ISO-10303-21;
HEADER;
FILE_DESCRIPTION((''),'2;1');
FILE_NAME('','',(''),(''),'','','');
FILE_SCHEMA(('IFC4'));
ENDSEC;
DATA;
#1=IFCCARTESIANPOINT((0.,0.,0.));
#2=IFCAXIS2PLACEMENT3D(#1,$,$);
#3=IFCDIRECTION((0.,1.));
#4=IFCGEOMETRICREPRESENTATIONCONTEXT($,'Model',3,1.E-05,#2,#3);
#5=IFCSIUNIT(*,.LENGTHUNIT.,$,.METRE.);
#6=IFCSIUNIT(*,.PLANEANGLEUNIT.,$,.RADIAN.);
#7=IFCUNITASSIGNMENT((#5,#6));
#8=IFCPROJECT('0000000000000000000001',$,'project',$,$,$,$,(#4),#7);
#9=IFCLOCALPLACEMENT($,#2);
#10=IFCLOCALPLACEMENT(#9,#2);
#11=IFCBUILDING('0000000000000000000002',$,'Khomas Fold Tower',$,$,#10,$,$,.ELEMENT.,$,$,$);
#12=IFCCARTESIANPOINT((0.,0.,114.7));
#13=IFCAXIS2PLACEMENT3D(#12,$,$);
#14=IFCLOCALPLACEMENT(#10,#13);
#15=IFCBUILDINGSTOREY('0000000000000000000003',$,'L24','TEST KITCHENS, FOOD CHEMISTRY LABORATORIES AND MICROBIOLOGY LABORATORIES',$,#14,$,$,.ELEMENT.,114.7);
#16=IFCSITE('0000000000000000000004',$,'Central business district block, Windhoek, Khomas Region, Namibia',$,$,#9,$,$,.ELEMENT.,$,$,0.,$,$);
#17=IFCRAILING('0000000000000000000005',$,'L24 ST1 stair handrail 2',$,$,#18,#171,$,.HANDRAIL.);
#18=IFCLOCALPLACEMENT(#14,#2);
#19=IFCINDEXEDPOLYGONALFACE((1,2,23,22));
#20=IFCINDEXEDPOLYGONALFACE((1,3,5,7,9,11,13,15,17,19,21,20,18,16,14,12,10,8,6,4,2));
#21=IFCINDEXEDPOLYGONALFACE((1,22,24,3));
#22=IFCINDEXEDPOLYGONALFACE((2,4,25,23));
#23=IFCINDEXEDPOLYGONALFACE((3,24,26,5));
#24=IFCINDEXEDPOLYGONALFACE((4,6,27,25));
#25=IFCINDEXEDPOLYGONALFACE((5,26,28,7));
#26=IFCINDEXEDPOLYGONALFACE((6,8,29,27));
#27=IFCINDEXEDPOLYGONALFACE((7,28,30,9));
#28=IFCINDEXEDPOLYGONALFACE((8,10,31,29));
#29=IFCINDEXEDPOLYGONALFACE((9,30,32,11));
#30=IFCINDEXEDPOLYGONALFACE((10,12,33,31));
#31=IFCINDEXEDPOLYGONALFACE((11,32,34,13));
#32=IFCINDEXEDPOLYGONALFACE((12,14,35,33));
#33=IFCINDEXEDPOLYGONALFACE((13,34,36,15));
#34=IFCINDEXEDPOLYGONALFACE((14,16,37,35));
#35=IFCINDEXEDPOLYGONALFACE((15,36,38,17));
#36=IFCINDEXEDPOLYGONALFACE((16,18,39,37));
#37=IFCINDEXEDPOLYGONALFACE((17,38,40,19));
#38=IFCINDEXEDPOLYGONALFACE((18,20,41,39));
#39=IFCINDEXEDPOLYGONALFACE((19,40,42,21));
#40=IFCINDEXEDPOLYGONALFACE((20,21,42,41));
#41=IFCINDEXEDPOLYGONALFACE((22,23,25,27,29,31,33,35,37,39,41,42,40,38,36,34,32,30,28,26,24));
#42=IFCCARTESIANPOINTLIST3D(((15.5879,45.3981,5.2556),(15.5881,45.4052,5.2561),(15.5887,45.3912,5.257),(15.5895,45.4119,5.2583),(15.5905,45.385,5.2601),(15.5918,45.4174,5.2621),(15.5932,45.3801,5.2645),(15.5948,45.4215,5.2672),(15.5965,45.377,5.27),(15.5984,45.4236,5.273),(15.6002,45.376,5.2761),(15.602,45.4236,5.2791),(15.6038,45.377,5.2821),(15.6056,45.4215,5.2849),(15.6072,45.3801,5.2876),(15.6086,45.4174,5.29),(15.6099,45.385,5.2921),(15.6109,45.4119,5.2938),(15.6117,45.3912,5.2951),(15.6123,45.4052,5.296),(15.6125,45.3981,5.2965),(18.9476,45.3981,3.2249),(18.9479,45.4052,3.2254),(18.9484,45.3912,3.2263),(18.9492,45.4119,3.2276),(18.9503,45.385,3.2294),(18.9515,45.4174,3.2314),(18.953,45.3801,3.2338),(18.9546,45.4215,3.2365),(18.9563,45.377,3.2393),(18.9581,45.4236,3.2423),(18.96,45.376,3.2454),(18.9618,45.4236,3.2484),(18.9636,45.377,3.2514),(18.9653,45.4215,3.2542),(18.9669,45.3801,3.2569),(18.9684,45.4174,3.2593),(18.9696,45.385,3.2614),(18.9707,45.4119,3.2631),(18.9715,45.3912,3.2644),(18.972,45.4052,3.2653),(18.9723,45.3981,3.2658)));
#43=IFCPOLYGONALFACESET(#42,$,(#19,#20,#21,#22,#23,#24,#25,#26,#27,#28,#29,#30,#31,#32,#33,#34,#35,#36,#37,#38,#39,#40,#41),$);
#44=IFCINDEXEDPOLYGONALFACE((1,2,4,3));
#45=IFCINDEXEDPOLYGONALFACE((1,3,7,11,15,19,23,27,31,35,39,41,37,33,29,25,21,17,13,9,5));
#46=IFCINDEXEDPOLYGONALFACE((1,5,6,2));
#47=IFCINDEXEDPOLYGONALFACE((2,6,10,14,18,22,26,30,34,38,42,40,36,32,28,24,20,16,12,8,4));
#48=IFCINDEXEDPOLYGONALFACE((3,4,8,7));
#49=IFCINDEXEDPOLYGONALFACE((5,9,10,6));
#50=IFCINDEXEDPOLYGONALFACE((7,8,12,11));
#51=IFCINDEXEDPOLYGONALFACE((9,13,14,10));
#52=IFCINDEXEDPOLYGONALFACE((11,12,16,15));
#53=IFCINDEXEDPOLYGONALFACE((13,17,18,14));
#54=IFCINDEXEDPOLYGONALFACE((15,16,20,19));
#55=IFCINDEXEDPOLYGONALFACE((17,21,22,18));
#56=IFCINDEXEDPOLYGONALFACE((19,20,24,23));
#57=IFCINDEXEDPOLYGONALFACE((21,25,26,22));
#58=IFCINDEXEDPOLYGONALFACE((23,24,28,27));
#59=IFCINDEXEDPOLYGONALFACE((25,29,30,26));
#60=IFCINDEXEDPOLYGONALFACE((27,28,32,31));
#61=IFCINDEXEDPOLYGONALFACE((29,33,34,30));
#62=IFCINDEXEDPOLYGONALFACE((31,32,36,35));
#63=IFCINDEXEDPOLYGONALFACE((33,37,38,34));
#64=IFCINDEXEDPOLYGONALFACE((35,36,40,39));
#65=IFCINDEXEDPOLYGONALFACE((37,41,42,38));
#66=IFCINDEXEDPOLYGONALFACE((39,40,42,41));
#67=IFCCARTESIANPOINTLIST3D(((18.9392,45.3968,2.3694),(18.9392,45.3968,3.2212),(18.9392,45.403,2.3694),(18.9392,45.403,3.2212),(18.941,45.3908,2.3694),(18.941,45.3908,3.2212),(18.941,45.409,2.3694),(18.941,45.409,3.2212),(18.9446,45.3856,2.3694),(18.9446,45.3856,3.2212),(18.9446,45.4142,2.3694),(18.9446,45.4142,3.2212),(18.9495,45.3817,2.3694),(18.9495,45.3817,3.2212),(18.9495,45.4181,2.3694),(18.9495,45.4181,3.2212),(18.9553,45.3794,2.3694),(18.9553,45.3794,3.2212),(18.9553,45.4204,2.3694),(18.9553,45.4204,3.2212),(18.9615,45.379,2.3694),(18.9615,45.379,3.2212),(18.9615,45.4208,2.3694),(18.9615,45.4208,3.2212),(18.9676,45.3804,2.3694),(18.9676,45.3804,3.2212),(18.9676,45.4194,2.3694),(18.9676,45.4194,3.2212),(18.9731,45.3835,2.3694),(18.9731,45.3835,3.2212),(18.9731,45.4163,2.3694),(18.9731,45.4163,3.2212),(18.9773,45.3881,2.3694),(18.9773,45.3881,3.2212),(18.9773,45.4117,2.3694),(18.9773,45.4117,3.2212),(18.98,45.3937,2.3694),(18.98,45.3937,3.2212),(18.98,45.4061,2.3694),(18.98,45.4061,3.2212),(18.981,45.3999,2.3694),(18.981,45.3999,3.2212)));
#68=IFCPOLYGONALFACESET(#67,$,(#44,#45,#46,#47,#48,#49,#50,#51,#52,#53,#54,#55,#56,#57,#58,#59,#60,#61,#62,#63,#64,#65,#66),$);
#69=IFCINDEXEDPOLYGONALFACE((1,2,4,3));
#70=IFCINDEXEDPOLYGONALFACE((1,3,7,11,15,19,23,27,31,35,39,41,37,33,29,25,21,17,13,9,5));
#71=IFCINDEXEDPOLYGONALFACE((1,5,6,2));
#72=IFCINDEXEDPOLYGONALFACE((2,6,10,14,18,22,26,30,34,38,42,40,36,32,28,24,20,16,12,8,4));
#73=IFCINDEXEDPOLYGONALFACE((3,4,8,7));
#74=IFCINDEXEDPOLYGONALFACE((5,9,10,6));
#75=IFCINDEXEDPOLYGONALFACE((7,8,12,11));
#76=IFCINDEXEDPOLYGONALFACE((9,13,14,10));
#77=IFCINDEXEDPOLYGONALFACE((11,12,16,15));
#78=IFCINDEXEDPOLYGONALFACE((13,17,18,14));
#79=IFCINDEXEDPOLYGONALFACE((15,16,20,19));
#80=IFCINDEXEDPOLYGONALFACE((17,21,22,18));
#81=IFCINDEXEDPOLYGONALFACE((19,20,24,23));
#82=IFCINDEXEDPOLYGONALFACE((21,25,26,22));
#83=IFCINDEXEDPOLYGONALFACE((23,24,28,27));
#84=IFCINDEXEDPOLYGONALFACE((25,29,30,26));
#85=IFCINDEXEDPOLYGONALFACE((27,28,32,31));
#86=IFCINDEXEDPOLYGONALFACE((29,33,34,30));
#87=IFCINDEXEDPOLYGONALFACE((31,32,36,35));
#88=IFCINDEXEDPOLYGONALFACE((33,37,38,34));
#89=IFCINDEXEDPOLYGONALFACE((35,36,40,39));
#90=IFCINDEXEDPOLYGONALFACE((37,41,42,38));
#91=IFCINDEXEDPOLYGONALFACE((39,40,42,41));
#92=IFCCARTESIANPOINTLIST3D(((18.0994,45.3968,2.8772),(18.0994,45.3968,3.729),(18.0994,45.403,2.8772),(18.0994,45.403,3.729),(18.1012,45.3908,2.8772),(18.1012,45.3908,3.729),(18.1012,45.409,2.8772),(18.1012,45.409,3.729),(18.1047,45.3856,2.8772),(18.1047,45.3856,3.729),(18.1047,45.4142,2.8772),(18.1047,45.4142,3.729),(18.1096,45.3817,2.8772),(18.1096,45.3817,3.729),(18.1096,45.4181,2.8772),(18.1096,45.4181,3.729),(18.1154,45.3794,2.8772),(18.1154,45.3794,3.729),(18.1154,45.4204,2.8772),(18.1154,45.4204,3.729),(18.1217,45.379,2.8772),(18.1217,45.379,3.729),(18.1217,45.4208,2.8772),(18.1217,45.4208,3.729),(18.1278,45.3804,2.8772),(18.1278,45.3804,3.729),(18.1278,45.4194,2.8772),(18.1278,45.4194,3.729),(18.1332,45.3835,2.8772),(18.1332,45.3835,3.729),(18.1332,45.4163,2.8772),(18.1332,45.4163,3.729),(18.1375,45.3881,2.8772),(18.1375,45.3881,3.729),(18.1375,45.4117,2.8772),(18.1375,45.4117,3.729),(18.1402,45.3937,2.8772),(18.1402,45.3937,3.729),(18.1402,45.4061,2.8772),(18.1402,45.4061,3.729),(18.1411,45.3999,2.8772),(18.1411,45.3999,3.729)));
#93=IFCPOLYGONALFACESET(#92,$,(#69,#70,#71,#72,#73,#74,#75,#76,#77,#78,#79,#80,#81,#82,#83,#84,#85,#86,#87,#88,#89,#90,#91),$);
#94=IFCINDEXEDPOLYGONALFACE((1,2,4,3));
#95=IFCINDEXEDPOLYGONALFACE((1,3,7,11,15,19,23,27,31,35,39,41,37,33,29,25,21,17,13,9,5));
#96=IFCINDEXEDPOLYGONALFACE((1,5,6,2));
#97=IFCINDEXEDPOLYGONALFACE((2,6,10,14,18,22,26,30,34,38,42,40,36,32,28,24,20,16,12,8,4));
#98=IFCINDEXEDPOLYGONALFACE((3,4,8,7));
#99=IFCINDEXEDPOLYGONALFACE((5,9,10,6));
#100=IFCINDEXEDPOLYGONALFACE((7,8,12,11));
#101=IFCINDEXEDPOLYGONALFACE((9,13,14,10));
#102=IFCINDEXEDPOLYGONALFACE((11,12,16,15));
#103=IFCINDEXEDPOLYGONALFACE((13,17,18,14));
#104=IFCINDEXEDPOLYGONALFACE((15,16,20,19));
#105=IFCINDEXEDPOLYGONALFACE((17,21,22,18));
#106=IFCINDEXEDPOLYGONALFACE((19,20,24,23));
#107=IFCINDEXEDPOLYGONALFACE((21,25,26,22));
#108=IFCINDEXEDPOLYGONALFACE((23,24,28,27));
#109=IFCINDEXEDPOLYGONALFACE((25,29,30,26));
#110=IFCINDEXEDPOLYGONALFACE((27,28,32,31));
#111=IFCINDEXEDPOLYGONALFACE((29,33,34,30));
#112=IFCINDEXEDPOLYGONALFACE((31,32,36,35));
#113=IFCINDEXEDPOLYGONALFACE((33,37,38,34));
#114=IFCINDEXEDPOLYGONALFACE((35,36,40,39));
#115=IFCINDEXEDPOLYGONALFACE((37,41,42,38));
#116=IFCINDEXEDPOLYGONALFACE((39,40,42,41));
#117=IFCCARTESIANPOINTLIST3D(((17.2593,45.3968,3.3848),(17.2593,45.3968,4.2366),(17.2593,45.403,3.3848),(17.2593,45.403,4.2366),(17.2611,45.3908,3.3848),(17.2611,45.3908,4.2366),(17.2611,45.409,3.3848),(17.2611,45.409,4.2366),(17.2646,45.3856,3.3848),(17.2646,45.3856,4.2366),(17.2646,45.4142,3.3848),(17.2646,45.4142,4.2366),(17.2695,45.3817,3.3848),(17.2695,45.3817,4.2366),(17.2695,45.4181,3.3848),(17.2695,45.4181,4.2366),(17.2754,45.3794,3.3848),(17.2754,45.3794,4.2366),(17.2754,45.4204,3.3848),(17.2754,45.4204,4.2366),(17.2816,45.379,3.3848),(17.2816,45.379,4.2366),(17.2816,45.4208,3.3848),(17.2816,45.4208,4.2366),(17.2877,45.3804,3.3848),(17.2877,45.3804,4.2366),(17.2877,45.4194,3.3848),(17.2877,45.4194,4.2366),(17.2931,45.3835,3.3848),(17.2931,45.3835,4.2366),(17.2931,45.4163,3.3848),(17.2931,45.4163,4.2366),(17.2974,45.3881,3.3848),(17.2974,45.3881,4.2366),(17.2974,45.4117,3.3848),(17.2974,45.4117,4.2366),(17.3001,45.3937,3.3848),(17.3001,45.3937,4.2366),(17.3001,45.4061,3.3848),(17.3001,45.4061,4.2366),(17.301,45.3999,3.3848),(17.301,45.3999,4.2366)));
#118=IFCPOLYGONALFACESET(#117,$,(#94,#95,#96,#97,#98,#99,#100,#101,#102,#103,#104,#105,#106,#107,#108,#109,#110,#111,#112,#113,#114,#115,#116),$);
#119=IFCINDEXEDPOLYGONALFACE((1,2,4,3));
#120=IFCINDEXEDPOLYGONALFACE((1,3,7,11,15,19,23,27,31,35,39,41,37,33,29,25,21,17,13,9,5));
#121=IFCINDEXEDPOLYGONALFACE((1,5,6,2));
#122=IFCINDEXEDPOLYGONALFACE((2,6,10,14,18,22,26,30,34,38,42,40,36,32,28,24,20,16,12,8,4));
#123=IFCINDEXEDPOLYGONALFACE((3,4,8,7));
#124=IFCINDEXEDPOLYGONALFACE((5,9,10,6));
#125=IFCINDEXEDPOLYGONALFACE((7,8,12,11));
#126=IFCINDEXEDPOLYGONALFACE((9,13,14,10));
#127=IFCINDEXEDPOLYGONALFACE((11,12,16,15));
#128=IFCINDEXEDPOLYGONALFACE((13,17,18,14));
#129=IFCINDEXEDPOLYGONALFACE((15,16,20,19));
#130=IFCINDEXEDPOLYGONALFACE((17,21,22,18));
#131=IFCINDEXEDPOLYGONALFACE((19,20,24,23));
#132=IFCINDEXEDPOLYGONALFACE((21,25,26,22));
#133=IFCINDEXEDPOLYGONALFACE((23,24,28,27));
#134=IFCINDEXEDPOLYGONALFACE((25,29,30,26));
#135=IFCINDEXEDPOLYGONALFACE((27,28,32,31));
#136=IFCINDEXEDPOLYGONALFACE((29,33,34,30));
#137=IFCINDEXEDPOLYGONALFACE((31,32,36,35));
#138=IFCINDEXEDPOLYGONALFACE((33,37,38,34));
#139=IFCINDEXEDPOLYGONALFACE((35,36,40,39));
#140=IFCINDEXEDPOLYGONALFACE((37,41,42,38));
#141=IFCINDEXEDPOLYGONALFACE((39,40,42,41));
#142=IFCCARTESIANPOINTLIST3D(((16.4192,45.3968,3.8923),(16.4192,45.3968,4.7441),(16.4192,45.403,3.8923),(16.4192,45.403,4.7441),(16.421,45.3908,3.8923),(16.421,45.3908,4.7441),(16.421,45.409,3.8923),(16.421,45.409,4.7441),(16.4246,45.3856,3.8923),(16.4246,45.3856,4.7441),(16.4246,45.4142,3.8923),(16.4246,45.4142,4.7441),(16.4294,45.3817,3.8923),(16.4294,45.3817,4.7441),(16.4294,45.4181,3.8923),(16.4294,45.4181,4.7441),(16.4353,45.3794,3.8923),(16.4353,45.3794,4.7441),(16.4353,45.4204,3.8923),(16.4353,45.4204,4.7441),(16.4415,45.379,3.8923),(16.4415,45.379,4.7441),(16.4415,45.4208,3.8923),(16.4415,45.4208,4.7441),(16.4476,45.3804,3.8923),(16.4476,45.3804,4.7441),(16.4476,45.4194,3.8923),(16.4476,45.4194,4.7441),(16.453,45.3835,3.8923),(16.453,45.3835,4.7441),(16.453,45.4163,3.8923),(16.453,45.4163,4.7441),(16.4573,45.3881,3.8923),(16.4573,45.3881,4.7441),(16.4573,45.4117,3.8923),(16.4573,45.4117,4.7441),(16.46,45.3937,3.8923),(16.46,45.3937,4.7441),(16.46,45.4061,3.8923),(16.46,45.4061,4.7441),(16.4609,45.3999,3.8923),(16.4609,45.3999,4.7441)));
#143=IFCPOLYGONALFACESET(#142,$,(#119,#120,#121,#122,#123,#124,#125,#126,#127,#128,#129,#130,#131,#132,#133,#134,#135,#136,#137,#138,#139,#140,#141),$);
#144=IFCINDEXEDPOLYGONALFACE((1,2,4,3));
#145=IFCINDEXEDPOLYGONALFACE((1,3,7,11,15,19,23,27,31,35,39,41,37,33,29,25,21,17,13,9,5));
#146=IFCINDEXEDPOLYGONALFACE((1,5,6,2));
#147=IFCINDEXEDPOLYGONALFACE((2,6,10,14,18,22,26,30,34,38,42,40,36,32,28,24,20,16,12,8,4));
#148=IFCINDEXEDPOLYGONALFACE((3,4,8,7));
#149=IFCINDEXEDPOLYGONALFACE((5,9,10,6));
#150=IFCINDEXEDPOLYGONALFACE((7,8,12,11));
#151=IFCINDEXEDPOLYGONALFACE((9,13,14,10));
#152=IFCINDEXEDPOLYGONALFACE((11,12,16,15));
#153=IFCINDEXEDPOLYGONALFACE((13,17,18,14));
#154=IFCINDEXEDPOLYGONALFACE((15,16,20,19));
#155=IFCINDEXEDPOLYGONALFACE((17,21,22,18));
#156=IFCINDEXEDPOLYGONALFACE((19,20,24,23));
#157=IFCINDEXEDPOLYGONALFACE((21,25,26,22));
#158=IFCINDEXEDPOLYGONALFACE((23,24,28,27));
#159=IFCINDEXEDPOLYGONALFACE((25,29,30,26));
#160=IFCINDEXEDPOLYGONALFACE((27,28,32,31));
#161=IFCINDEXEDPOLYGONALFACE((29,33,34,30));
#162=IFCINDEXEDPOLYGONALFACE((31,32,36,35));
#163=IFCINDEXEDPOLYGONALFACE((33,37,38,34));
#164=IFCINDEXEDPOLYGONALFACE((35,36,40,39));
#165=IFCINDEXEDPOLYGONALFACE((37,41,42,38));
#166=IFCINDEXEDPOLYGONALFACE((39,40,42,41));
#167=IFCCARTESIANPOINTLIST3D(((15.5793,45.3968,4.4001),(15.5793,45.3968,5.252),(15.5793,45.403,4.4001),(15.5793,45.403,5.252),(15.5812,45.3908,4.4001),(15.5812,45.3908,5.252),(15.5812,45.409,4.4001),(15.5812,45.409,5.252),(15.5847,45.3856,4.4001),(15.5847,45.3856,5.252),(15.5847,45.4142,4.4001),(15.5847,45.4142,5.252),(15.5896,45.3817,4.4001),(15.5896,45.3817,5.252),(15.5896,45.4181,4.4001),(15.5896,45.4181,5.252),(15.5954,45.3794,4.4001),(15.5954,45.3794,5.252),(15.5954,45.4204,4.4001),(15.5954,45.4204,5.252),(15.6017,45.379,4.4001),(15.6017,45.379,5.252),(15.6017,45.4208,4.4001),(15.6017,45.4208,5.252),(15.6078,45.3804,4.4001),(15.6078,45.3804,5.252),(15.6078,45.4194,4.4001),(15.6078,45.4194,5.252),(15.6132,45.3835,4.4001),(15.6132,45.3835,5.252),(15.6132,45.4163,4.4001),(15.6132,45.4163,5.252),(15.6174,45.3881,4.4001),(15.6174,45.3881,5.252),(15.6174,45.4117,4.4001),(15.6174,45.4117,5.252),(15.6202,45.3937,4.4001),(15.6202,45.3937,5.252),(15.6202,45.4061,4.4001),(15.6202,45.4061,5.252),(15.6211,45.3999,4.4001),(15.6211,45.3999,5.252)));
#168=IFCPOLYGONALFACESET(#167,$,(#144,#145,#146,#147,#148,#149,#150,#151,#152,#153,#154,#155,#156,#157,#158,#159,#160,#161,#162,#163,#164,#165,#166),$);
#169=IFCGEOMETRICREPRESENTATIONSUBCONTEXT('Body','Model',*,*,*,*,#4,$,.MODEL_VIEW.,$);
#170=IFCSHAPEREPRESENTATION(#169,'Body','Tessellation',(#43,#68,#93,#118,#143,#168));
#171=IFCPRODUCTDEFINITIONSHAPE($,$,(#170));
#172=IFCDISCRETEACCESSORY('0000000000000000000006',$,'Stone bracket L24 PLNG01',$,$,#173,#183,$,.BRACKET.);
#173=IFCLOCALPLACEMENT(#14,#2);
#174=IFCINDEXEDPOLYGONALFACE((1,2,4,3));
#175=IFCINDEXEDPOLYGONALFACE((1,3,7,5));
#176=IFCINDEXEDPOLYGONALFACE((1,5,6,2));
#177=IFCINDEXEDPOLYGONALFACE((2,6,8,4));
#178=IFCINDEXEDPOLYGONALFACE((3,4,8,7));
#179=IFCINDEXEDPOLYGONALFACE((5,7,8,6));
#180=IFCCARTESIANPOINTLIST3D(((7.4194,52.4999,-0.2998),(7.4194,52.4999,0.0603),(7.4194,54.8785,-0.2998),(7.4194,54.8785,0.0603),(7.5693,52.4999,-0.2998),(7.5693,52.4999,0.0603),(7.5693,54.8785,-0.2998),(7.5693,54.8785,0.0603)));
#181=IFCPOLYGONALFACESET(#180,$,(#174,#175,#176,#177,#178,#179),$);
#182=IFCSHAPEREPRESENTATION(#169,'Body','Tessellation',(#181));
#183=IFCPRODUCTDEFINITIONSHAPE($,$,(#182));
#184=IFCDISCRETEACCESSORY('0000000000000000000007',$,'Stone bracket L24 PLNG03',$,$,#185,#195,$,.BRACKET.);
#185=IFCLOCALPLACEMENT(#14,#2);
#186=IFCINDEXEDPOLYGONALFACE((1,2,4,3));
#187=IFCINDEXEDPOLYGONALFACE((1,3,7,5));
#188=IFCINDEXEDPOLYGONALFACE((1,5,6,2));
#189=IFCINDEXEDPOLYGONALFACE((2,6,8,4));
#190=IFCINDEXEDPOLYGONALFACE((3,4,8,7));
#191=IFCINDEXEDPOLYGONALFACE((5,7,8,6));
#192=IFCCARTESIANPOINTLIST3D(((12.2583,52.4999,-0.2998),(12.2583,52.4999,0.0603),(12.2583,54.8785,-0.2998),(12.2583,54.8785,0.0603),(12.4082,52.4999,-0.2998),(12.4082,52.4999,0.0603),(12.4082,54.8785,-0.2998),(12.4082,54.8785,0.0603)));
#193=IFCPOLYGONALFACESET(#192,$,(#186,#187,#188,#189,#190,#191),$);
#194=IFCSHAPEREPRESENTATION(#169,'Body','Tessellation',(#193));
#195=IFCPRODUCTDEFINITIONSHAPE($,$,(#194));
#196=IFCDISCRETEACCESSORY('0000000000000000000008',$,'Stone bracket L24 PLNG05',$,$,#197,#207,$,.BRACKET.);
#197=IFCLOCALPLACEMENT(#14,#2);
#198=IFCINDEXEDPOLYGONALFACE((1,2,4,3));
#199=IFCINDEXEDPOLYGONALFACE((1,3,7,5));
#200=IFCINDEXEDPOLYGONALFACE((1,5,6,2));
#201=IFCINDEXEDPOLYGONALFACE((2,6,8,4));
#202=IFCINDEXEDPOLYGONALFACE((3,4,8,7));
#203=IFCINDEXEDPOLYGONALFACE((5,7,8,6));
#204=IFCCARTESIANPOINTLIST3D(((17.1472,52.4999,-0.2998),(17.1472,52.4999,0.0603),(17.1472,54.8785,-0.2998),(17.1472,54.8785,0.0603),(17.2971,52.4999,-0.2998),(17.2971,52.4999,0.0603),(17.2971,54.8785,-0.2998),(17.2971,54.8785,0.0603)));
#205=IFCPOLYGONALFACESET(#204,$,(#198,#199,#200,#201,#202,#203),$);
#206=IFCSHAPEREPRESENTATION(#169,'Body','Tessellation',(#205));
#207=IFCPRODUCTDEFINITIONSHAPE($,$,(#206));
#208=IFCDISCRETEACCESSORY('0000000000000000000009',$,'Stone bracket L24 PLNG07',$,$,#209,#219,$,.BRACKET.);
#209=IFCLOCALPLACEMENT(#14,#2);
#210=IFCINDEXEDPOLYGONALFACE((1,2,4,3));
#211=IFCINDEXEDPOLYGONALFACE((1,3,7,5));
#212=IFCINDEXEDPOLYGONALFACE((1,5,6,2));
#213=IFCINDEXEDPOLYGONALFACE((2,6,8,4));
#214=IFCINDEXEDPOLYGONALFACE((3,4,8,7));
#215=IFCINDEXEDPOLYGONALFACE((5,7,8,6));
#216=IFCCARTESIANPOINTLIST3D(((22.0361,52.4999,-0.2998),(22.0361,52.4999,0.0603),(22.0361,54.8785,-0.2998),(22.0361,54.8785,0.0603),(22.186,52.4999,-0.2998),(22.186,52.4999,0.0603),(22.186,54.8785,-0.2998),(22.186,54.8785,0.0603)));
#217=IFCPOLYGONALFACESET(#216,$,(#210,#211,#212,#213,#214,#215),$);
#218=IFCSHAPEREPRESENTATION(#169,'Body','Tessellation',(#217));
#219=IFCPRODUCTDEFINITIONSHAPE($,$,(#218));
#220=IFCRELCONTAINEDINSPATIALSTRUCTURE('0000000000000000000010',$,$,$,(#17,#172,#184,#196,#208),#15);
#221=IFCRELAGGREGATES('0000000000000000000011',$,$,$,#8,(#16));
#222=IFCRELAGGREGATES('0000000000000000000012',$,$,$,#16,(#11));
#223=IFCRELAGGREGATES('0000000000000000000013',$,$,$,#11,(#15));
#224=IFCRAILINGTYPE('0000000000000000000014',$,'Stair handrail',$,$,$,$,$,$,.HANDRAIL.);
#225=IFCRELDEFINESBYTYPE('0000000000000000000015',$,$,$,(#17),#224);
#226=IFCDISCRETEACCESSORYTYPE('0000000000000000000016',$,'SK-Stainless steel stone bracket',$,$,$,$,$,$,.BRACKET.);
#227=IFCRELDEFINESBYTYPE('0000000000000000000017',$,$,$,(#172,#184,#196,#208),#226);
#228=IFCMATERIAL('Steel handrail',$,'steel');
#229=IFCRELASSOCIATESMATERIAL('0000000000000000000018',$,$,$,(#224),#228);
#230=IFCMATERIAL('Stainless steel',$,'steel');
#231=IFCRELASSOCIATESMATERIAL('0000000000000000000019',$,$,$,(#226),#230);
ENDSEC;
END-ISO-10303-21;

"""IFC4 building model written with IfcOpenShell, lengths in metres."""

from ifc_helpers import new_model, si_unit, direction, frame, origin, origin_2d, place, context, subcontext, project, spatial, rectangle, circle, extrude, source, transform, mapped, material, type_object, element, save


model = new_model("IFC4")

# Units and contexts
model_context = context("Model", 3, precision=1e-05, world=origin(), true_north=direction((0.0, 1.0)))
body_context = subcontext(model_context, "Body", "Model", "MODEL_VIEW")
ifc_project = project(units=[si_unit("LENGTHUNIT", "METRE"), si_unit("PLANEANGLEUNIT", "RADIAN")], contexts=[model_context])

# Site, building, storey
site_placement = place(None, origin())
site = spatial("IfcSite", under=ifc_project, at=site_placement, Name="Central business district block, Windhoek, Khomas Region, Namibia", CompositionType="ELEMENT", RefElevation=0.0)
building_placement = place(site_placement, origin())
building = spatial("IfcBuilding", under=site, at=building_placement, Name="Khomas Fold Tower", CompositionType="ELEMENT")
storey_placement = place(building_placement, frame((0.0, 0.0, 114.7)))
storey = spatial("IfcBuildingStorey", under=building, at=storey_placement, Name="L24", Description="TEST KITCHENS, FOOD CHEMISTRY LABORATORIES AND MICROBIOLOGY LABORATORIES", CompositionType="ELEMENT", Elevation=114.7)

# Railing
ifc_material_1 = material(Name="Steel handrail", Category="steel")
railing_type_1 = type_object("IfcRailingType", Name="Stair handrail", PredefinedType="HANDRAIL", material=ifc_material_1)
shared_shape_1 = source(origin(), body_context, "Body", "SweptSolid", [
    extrude(circle(Radius=0.0239, at=origin_2d()), frame((0.0, 0.0, 0.876), z_axis=(-0.85582, 0.0, 0.517273), x_axis=(0.0, -1.0, 0.0)), (0.0, 0.0, 1.0), 3.9258),
    extrude(circle(Radius=0.021, at=origin_2d()), origin(), (0.0, 0.0, 1.0), 0.8518),
    extrude(circle(Radius=0.021, at=origin_2d()), frame((-0.8398, 0.0, 0.5078)), (0.0, 0.0, 1.0), 0.8518),
    extrude(circle(Radius=0.021, at=origin_2d()), frame((-1.6799, 0.0, 1.0154)), (0.0, 0.0, 1.0), 0.8518),
    extrude(circle(Radius=0.021, at=origin_2d()), frame((-2.52, 0.0, 1.5229)), (0.0, 0.0, 1.0), 0.8518),
    extrude(circle(Radius=0.021, at=origin_2d()), frame((-3.3599, 0.0, 2.0308)), (0.0, 0.0, 1.0), 0.8518),
])
railing_1_placement = place(storey_placement, frame((18.96, 45.3999, 2.3694)))
element("IfcRailing", 1, at=railing_1_placement, inside=storey, type_object=railing_type_1, Name="L24 ST1 stair handrail 2", PredefinedType="HANDRAIL", context=body_context, shape_type="MappedRepresentation", body=[
    mapped(shared_shape_1, transform((0.0, 0.0, 0.0))),
])

# Discrete accessories
ifc_material_2 = material(Name="Stainless steel", Category="steel")
discrete_accessory_type = type_object("IfcDiscreteAccessoryType", Name="SK-Stainless steel stone bracket", PredefinedType="BRACKET", material=ifc_material_2)
shared_shape_2 = source(origin(), body_context, "Body", "SweptSolid", [
    extrude(rectangle(XDim=2.3787, YDim=0.1499, at=origin_2d()), origin(), (0.0, 0.0, 1.0), 0.3601),
])
for number, where, z_axis, x_axis, name in (
    (2, (7.4944, 53.6892, -0.2998), (0.0, 0.0, 1.0), (0.0, 1.0, 0.0), "Stone bracket L24 PLNG01"),
    (3, (12.3333, 53.6892, -0.2998), (0.0, 0.0, 1.0), (0.0, 1.0, 0.0), "Stone bracket L24 PLNG03"),
    (4, (17.2222, 53.6892, -0.2998), (0.0, 0.0, 1.0), (0.0, 1.0, 0.0), "Stone bracket L24 PLNG05"),
    (5, (22.1111, 53.6892, -0.2998), (0.0, 0.0, 1.0), (0.0, 1.0, 0.0), "Stone bracket L24 PLNG07"),
):
    element("IfcDiscreteAccessory", number, at=place(storey_placement, frame(where, z_axis=z_axis, x_axis=x_axis)), inside=storey, type_object=discrete_accessory_type, Name=name, PredefinedType="BRACKET", context=body_context, shape_type="MappedRepresentation", body=[
        mapped(shared_shape_2, transform((0.0, 0.0, 0.0))),
    ])

save(model, "model.ifc")
